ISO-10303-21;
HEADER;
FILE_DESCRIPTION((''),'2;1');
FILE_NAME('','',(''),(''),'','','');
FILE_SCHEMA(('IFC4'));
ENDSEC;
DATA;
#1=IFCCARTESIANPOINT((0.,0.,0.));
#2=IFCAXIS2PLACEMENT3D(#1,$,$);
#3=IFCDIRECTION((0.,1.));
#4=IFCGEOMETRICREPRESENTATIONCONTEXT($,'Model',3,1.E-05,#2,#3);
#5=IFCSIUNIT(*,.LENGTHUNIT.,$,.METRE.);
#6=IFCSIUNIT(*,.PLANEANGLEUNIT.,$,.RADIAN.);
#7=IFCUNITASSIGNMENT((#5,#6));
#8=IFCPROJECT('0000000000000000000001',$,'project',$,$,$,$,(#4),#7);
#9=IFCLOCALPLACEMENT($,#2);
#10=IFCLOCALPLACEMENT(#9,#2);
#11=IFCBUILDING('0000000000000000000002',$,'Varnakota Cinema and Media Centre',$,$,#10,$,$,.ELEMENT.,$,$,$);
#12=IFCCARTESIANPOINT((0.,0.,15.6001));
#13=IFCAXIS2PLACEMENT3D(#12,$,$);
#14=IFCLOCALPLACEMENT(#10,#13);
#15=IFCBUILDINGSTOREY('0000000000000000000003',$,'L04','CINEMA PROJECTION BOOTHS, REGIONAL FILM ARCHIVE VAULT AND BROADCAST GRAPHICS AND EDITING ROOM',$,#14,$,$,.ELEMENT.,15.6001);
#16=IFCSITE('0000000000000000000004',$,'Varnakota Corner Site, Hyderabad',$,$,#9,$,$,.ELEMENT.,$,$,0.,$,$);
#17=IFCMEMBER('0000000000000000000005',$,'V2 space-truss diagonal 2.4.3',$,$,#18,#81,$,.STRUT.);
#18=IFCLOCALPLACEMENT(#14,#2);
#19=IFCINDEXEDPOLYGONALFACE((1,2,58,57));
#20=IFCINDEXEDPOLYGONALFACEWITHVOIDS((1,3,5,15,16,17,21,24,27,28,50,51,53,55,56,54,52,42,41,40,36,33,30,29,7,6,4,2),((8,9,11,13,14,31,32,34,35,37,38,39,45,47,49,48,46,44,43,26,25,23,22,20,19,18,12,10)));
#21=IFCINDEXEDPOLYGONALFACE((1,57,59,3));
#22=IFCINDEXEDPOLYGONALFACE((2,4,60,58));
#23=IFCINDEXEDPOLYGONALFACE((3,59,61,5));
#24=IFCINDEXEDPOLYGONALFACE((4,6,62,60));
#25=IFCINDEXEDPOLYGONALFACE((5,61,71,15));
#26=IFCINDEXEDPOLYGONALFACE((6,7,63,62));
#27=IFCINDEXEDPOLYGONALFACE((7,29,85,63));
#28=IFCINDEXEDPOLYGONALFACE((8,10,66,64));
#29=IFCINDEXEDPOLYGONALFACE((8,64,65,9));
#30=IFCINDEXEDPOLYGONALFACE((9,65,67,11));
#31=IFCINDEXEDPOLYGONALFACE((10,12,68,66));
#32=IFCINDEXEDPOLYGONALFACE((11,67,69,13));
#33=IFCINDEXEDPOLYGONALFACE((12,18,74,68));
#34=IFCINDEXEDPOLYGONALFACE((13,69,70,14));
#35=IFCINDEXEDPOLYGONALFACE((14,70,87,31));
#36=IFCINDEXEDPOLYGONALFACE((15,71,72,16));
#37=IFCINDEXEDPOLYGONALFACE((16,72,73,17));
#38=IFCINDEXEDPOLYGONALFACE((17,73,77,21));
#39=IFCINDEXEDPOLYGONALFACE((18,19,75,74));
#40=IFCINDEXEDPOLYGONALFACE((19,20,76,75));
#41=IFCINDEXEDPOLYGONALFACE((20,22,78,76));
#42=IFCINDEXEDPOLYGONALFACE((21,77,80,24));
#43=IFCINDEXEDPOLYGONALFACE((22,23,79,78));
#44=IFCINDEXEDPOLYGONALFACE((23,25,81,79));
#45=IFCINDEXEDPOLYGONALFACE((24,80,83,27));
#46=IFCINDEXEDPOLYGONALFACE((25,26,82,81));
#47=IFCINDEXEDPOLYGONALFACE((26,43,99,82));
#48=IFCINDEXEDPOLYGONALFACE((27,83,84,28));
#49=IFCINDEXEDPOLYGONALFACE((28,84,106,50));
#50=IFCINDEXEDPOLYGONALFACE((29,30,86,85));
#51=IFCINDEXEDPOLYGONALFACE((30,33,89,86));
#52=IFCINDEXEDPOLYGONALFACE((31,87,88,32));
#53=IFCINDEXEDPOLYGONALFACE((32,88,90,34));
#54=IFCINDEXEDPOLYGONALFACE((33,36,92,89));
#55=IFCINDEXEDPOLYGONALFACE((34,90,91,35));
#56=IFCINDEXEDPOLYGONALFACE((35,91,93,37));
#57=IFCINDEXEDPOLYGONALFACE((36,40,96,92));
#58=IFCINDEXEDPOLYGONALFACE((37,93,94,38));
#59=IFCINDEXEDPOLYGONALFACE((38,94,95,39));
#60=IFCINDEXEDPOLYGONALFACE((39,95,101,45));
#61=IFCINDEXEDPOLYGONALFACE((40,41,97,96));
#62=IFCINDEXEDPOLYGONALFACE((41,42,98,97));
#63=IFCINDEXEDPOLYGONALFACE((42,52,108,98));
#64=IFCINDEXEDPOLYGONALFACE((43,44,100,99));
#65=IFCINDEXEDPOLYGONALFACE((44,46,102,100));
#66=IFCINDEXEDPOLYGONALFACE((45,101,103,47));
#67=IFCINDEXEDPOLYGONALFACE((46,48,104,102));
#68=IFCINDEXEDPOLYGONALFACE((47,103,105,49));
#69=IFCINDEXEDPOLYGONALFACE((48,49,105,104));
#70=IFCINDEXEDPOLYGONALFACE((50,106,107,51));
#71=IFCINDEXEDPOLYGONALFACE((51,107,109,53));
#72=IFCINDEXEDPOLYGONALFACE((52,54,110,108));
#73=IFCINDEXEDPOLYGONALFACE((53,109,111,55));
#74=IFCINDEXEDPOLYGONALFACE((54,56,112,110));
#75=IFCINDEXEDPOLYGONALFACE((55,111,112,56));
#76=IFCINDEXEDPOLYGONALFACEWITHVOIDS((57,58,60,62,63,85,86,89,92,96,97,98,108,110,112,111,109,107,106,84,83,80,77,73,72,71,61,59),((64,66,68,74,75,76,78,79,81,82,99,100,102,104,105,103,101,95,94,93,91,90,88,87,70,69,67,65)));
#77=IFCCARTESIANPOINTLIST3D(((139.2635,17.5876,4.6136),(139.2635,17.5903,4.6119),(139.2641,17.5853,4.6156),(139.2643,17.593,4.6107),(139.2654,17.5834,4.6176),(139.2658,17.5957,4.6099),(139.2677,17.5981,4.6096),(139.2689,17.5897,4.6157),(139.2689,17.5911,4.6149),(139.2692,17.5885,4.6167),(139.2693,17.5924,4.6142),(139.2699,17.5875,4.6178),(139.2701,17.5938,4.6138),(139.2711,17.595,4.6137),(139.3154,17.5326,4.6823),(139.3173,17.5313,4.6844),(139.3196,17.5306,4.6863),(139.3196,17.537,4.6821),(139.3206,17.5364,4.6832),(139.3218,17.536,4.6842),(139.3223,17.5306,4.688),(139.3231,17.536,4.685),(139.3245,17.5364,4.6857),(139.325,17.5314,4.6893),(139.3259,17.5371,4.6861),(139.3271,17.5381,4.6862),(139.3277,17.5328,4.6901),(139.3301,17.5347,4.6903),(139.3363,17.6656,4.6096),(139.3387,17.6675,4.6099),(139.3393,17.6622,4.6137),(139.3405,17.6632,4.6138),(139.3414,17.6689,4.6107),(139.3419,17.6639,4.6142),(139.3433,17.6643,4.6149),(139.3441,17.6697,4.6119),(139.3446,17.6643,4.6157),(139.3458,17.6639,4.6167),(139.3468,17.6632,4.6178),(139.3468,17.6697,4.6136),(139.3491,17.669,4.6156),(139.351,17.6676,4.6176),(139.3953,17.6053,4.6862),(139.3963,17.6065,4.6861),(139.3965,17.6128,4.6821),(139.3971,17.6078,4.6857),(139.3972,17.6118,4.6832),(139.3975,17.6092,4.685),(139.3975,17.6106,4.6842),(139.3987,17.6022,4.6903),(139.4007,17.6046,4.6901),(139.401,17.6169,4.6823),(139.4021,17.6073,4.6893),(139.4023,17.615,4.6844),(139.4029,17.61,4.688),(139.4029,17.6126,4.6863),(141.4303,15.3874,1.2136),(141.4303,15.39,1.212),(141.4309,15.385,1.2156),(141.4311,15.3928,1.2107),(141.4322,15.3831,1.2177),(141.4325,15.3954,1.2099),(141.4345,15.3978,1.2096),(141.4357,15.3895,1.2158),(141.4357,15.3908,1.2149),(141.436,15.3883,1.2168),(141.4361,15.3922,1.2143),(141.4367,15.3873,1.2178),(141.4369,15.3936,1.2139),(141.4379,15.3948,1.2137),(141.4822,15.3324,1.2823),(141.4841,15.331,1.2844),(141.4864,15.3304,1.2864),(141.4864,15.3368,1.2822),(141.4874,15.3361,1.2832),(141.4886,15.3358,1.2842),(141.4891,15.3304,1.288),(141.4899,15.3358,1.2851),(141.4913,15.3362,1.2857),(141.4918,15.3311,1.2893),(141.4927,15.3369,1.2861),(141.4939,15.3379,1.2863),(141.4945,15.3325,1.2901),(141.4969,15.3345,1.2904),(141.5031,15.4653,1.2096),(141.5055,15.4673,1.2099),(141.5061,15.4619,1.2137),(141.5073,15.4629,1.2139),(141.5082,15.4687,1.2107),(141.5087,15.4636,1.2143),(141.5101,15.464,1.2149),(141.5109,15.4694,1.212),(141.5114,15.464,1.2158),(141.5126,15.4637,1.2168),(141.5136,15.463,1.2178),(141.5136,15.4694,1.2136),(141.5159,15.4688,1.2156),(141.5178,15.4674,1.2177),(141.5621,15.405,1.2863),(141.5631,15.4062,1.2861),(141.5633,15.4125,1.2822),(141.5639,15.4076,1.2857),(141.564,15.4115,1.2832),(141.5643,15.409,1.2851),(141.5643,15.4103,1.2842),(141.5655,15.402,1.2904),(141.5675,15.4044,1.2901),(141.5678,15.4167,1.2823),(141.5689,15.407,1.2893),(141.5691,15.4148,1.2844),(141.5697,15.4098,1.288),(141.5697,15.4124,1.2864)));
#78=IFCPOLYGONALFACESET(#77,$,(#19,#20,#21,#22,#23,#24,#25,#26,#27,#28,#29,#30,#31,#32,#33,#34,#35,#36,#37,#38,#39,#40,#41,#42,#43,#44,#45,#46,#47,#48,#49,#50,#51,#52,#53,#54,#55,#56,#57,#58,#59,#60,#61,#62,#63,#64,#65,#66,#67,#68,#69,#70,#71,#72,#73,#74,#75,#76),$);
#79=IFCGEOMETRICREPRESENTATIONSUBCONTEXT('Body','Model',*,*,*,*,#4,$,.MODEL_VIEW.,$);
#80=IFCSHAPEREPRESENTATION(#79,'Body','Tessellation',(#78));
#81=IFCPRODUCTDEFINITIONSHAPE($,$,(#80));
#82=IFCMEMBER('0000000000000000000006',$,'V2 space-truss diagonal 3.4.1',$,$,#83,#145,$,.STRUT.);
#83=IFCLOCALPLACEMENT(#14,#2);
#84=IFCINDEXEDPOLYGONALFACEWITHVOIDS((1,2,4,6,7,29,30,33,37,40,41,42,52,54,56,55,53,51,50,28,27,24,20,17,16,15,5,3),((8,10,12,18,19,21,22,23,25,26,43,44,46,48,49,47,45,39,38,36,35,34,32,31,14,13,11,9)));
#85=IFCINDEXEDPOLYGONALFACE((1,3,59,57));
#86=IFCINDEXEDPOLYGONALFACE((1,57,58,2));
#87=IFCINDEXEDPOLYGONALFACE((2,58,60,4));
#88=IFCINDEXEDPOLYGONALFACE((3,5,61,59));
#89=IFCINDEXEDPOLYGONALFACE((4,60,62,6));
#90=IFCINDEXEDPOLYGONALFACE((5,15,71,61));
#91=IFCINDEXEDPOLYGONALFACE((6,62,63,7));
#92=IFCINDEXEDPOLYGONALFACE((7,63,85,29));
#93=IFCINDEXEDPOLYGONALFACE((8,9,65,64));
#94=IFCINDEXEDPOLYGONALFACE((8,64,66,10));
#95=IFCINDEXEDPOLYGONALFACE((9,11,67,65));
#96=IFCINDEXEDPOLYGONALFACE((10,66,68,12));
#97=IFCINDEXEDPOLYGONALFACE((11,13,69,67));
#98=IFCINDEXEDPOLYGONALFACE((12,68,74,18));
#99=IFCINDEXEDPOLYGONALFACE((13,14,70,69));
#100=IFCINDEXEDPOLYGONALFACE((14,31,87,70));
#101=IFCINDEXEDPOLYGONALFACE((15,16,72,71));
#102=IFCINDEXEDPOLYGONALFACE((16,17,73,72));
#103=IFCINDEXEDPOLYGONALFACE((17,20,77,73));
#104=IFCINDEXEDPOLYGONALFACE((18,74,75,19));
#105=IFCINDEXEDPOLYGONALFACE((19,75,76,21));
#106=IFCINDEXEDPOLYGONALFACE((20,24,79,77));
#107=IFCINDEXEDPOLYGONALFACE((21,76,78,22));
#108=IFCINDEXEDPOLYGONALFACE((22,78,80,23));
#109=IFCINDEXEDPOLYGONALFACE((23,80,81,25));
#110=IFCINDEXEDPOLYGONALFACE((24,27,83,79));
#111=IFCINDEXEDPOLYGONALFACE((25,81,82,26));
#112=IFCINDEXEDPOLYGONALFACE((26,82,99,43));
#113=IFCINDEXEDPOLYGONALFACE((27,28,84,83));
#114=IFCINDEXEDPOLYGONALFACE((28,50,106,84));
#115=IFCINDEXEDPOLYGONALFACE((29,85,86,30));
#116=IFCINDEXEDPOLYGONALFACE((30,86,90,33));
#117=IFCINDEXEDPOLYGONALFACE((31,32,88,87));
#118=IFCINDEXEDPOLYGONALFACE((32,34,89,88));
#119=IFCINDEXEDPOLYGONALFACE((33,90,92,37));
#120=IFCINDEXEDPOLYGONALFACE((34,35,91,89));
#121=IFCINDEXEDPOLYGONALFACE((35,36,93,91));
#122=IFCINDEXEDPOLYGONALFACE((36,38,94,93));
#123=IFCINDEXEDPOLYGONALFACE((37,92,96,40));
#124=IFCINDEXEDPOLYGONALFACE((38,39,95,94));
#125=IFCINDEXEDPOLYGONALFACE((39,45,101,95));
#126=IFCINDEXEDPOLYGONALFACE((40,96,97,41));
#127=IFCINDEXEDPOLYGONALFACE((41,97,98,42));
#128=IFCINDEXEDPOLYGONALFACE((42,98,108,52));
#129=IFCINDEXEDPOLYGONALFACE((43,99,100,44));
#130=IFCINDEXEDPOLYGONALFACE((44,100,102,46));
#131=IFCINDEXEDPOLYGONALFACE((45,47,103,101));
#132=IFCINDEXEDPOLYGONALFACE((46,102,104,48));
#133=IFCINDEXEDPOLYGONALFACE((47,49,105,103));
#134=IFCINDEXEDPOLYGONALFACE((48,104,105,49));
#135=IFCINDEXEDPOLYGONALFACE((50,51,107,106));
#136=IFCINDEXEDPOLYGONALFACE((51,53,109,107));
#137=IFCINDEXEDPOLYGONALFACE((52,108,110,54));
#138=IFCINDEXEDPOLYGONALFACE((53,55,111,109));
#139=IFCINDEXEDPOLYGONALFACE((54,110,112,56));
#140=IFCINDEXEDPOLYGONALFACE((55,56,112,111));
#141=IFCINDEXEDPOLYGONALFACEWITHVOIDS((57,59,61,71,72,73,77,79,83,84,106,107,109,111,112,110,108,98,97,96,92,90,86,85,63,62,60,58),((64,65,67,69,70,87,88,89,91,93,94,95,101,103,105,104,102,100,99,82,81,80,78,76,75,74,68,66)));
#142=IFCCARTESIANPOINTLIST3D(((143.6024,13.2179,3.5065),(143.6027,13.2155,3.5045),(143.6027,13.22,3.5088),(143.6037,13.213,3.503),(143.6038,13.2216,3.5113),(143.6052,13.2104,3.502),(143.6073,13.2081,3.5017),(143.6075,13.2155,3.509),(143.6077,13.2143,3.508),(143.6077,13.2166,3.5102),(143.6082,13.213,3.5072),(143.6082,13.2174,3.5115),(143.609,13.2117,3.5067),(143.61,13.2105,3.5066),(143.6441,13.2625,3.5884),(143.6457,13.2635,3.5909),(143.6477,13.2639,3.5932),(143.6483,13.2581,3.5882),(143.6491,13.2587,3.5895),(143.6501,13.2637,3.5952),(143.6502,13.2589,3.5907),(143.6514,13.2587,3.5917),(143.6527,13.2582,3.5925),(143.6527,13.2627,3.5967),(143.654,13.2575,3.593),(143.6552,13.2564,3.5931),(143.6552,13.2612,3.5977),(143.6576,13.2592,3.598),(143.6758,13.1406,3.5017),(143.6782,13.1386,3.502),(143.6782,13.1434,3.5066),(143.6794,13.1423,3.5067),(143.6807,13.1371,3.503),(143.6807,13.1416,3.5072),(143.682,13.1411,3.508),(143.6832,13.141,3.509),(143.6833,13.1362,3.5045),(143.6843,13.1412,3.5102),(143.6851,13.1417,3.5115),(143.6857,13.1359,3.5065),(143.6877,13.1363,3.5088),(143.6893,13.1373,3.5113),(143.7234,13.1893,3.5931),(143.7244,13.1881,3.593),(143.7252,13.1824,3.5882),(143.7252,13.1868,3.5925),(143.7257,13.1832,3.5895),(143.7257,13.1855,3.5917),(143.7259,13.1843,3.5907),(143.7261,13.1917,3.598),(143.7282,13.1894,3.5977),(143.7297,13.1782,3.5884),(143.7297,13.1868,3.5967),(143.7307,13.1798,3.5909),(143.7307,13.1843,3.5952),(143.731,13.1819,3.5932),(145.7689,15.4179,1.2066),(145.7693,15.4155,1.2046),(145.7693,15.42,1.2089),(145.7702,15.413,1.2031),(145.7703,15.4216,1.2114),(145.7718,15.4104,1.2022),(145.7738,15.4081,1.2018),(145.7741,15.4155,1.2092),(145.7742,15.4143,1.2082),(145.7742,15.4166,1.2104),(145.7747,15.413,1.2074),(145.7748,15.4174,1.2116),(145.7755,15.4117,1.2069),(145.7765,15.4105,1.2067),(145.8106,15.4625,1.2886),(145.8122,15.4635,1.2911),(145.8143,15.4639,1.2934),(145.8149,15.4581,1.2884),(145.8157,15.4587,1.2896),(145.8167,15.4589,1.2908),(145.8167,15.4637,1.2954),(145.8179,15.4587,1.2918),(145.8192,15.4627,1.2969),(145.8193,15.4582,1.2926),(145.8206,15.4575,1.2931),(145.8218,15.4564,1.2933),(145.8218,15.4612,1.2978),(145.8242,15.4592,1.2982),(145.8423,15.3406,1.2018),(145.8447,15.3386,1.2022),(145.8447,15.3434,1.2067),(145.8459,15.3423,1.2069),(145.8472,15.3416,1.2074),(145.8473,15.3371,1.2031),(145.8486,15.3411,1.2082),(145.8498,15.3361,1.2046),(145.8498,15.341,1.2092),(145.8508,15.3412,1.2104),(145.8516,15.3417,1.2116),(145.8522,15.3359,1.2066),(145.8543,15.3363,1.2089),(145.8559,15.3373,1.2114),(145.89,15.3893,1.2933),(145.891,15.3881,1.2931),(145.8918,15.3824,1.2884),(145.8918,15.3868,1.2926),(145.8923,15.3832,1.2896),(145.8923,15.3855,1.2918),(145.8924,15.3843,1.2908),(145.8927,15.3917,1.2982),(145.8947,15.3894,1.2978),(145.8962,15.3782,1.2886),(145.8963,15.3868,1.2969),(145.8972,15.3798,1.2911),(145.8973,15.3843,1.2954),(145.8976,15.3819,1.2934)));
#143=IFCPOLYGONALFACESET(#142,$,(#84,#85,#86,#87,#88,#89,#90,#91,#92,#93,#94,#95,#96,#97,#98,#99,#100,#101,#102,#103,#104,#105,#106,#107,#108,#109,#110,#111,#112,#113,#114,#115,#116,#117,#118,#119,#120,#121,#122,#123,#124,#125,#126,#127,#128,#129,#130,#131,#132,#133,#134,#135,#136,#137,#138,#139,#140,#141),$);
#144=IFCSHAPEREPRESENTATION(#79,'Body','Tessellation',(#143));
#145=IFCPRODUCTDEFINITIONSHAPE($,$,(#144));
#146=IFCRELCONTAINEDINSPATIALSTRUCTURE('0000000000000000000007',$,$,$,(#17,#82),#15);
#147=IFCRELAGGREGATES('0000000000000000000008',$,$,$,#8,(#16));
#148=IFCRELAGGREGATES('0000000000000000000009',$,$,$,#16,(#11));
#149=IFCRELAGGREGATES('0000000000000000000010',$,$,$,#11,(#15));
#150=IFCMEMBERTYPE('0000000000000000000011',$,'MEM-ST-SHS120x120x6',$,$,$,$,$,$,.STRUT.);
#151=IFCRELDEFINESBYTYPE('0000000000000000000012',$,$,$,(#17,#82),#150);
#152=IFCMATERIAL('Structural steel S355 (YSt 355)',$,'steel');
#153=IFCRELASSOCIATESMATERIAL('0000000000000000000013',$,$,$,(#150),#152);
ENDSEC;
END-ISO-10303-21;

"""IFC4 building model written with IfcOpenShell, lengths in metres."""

from ifc_helpers import new_model, si_unit, direction, frame, origin, origin_2d, place, context, subcontext, project, spatial, hollow_rectangle, extrude, material, material_profile, profile_set, type_object, element, save


model = new_model("IFC4")

# Units and contexts
model_context = context("Model", 3, precision=1e-05, world=origin(), true_north=direction((0.0, 1.0)))
body_context = subcontext(model_context, "Body", "Model", "MODEL_VIEW")
ifc_project = project(units=[si_unit("LENGTHUNIT", "METRE"), si_unit("PLANEANGLEUNIT", "RADIAN")], contexts=[model_context])

# Site, building, storey
site_placement = place(None, origin())
site = spatial("IfcSite", under=ifc_project, at=site_placement, Name="Varnakota Corner Site, Hyderabad", CompositionType="ELEMENT", RefElevation=0.0)
building_placement = place(site_placement, origin())
building = spatial("IfcBuilding", under=site, at=building_placement, Name="Varnakota Cinema and Media Centre", CompositionType="ELEMENT")
storey_placement = place(building_placement, frame((0.0, 0.0, 15.6001)))
storey = spatial("IfcBuildingStorey", under=building, at=storey_placement, Name="L04", Description="CINEMA PROJECTION BOOTHS, REGIONAL FILM ARCHIVE VAULT AND BROADCAST GRAPHICS AND EDITING ROOM", CompositionType="ELEMENT", Elevation=15.6001)

# Members
ifc_material_1 = material(Name="Structural steel S355 (YSt 355)", Category="steel")
ifc_material_profile_1 = material_profile(ifc_material_1, hollow_rectangle(XDim=0.1201, YDim=0.1201, WallThickness=0.0061, InnerFilletRadius=0.0061, OuterFilletRadius=0.012, at=origin_2d()), Name="SHS 120x120x6")
ifc_profile_set_1 = profile_set([ifc_material_profile_1], Name="Structural steel S355 (YSt 355)")
member_type_1 = type_object("IfcMemberType", Name="MEM-ST-SHS120x120x6", PredefinedType="STRUT", material=ifc_profile_set_1)
member_1_placement = place(storey_placement, frame((141.5, 15.3999, 1.25), z_axis=(-0.471757, 0.47904, 0.740247), x_axis=(-0.712502, -0.70167, 0.0)))
element("IfcMember", 1, at=member_1_placement, inside=storey, type_object=member_type_1, Name="V2 space-truss diagonal 2.4.3", PredefinedType="STRUT", context=body_context, shape_type="SweptSolid", body=[
    extrude(hollow_rectangle(XDim=0.1201, YDim=0.1201, WallThickness=0.0061, InnerFilletRadius=0.0061, OuterFilletRadius=0.012, at=origin_2d()), origin(), (0.0, 0.0, 1.0), 4.593),
])
member_2_placement = place(storey_placement, frame((145.8333, 15.3999, 1.25), z_axis=(-0.562726, -0.571413, 0.597349), x_axis=(0.712502, -0.70167, 0.0)))
element("IfcMember", 2, at=member_2_placement, inside=storey, type_object=member_type_1, Name="V2 space-truss diagonal 3.4.1", PredefinedType="STRUT", context=body_context, shape_type="SweptSolid", body=[
    extrude(hollow_rectangle(XDim=0.1201, YDim=0.1201, WallThickness=0.0061, InnerFilletRadius=0.0061, OuterFilletRadius=0.012, at=origin_2d()), origin(), (0.0, 0.0, 1.0), 3.8501),
])

save(model, "model.ifc")
